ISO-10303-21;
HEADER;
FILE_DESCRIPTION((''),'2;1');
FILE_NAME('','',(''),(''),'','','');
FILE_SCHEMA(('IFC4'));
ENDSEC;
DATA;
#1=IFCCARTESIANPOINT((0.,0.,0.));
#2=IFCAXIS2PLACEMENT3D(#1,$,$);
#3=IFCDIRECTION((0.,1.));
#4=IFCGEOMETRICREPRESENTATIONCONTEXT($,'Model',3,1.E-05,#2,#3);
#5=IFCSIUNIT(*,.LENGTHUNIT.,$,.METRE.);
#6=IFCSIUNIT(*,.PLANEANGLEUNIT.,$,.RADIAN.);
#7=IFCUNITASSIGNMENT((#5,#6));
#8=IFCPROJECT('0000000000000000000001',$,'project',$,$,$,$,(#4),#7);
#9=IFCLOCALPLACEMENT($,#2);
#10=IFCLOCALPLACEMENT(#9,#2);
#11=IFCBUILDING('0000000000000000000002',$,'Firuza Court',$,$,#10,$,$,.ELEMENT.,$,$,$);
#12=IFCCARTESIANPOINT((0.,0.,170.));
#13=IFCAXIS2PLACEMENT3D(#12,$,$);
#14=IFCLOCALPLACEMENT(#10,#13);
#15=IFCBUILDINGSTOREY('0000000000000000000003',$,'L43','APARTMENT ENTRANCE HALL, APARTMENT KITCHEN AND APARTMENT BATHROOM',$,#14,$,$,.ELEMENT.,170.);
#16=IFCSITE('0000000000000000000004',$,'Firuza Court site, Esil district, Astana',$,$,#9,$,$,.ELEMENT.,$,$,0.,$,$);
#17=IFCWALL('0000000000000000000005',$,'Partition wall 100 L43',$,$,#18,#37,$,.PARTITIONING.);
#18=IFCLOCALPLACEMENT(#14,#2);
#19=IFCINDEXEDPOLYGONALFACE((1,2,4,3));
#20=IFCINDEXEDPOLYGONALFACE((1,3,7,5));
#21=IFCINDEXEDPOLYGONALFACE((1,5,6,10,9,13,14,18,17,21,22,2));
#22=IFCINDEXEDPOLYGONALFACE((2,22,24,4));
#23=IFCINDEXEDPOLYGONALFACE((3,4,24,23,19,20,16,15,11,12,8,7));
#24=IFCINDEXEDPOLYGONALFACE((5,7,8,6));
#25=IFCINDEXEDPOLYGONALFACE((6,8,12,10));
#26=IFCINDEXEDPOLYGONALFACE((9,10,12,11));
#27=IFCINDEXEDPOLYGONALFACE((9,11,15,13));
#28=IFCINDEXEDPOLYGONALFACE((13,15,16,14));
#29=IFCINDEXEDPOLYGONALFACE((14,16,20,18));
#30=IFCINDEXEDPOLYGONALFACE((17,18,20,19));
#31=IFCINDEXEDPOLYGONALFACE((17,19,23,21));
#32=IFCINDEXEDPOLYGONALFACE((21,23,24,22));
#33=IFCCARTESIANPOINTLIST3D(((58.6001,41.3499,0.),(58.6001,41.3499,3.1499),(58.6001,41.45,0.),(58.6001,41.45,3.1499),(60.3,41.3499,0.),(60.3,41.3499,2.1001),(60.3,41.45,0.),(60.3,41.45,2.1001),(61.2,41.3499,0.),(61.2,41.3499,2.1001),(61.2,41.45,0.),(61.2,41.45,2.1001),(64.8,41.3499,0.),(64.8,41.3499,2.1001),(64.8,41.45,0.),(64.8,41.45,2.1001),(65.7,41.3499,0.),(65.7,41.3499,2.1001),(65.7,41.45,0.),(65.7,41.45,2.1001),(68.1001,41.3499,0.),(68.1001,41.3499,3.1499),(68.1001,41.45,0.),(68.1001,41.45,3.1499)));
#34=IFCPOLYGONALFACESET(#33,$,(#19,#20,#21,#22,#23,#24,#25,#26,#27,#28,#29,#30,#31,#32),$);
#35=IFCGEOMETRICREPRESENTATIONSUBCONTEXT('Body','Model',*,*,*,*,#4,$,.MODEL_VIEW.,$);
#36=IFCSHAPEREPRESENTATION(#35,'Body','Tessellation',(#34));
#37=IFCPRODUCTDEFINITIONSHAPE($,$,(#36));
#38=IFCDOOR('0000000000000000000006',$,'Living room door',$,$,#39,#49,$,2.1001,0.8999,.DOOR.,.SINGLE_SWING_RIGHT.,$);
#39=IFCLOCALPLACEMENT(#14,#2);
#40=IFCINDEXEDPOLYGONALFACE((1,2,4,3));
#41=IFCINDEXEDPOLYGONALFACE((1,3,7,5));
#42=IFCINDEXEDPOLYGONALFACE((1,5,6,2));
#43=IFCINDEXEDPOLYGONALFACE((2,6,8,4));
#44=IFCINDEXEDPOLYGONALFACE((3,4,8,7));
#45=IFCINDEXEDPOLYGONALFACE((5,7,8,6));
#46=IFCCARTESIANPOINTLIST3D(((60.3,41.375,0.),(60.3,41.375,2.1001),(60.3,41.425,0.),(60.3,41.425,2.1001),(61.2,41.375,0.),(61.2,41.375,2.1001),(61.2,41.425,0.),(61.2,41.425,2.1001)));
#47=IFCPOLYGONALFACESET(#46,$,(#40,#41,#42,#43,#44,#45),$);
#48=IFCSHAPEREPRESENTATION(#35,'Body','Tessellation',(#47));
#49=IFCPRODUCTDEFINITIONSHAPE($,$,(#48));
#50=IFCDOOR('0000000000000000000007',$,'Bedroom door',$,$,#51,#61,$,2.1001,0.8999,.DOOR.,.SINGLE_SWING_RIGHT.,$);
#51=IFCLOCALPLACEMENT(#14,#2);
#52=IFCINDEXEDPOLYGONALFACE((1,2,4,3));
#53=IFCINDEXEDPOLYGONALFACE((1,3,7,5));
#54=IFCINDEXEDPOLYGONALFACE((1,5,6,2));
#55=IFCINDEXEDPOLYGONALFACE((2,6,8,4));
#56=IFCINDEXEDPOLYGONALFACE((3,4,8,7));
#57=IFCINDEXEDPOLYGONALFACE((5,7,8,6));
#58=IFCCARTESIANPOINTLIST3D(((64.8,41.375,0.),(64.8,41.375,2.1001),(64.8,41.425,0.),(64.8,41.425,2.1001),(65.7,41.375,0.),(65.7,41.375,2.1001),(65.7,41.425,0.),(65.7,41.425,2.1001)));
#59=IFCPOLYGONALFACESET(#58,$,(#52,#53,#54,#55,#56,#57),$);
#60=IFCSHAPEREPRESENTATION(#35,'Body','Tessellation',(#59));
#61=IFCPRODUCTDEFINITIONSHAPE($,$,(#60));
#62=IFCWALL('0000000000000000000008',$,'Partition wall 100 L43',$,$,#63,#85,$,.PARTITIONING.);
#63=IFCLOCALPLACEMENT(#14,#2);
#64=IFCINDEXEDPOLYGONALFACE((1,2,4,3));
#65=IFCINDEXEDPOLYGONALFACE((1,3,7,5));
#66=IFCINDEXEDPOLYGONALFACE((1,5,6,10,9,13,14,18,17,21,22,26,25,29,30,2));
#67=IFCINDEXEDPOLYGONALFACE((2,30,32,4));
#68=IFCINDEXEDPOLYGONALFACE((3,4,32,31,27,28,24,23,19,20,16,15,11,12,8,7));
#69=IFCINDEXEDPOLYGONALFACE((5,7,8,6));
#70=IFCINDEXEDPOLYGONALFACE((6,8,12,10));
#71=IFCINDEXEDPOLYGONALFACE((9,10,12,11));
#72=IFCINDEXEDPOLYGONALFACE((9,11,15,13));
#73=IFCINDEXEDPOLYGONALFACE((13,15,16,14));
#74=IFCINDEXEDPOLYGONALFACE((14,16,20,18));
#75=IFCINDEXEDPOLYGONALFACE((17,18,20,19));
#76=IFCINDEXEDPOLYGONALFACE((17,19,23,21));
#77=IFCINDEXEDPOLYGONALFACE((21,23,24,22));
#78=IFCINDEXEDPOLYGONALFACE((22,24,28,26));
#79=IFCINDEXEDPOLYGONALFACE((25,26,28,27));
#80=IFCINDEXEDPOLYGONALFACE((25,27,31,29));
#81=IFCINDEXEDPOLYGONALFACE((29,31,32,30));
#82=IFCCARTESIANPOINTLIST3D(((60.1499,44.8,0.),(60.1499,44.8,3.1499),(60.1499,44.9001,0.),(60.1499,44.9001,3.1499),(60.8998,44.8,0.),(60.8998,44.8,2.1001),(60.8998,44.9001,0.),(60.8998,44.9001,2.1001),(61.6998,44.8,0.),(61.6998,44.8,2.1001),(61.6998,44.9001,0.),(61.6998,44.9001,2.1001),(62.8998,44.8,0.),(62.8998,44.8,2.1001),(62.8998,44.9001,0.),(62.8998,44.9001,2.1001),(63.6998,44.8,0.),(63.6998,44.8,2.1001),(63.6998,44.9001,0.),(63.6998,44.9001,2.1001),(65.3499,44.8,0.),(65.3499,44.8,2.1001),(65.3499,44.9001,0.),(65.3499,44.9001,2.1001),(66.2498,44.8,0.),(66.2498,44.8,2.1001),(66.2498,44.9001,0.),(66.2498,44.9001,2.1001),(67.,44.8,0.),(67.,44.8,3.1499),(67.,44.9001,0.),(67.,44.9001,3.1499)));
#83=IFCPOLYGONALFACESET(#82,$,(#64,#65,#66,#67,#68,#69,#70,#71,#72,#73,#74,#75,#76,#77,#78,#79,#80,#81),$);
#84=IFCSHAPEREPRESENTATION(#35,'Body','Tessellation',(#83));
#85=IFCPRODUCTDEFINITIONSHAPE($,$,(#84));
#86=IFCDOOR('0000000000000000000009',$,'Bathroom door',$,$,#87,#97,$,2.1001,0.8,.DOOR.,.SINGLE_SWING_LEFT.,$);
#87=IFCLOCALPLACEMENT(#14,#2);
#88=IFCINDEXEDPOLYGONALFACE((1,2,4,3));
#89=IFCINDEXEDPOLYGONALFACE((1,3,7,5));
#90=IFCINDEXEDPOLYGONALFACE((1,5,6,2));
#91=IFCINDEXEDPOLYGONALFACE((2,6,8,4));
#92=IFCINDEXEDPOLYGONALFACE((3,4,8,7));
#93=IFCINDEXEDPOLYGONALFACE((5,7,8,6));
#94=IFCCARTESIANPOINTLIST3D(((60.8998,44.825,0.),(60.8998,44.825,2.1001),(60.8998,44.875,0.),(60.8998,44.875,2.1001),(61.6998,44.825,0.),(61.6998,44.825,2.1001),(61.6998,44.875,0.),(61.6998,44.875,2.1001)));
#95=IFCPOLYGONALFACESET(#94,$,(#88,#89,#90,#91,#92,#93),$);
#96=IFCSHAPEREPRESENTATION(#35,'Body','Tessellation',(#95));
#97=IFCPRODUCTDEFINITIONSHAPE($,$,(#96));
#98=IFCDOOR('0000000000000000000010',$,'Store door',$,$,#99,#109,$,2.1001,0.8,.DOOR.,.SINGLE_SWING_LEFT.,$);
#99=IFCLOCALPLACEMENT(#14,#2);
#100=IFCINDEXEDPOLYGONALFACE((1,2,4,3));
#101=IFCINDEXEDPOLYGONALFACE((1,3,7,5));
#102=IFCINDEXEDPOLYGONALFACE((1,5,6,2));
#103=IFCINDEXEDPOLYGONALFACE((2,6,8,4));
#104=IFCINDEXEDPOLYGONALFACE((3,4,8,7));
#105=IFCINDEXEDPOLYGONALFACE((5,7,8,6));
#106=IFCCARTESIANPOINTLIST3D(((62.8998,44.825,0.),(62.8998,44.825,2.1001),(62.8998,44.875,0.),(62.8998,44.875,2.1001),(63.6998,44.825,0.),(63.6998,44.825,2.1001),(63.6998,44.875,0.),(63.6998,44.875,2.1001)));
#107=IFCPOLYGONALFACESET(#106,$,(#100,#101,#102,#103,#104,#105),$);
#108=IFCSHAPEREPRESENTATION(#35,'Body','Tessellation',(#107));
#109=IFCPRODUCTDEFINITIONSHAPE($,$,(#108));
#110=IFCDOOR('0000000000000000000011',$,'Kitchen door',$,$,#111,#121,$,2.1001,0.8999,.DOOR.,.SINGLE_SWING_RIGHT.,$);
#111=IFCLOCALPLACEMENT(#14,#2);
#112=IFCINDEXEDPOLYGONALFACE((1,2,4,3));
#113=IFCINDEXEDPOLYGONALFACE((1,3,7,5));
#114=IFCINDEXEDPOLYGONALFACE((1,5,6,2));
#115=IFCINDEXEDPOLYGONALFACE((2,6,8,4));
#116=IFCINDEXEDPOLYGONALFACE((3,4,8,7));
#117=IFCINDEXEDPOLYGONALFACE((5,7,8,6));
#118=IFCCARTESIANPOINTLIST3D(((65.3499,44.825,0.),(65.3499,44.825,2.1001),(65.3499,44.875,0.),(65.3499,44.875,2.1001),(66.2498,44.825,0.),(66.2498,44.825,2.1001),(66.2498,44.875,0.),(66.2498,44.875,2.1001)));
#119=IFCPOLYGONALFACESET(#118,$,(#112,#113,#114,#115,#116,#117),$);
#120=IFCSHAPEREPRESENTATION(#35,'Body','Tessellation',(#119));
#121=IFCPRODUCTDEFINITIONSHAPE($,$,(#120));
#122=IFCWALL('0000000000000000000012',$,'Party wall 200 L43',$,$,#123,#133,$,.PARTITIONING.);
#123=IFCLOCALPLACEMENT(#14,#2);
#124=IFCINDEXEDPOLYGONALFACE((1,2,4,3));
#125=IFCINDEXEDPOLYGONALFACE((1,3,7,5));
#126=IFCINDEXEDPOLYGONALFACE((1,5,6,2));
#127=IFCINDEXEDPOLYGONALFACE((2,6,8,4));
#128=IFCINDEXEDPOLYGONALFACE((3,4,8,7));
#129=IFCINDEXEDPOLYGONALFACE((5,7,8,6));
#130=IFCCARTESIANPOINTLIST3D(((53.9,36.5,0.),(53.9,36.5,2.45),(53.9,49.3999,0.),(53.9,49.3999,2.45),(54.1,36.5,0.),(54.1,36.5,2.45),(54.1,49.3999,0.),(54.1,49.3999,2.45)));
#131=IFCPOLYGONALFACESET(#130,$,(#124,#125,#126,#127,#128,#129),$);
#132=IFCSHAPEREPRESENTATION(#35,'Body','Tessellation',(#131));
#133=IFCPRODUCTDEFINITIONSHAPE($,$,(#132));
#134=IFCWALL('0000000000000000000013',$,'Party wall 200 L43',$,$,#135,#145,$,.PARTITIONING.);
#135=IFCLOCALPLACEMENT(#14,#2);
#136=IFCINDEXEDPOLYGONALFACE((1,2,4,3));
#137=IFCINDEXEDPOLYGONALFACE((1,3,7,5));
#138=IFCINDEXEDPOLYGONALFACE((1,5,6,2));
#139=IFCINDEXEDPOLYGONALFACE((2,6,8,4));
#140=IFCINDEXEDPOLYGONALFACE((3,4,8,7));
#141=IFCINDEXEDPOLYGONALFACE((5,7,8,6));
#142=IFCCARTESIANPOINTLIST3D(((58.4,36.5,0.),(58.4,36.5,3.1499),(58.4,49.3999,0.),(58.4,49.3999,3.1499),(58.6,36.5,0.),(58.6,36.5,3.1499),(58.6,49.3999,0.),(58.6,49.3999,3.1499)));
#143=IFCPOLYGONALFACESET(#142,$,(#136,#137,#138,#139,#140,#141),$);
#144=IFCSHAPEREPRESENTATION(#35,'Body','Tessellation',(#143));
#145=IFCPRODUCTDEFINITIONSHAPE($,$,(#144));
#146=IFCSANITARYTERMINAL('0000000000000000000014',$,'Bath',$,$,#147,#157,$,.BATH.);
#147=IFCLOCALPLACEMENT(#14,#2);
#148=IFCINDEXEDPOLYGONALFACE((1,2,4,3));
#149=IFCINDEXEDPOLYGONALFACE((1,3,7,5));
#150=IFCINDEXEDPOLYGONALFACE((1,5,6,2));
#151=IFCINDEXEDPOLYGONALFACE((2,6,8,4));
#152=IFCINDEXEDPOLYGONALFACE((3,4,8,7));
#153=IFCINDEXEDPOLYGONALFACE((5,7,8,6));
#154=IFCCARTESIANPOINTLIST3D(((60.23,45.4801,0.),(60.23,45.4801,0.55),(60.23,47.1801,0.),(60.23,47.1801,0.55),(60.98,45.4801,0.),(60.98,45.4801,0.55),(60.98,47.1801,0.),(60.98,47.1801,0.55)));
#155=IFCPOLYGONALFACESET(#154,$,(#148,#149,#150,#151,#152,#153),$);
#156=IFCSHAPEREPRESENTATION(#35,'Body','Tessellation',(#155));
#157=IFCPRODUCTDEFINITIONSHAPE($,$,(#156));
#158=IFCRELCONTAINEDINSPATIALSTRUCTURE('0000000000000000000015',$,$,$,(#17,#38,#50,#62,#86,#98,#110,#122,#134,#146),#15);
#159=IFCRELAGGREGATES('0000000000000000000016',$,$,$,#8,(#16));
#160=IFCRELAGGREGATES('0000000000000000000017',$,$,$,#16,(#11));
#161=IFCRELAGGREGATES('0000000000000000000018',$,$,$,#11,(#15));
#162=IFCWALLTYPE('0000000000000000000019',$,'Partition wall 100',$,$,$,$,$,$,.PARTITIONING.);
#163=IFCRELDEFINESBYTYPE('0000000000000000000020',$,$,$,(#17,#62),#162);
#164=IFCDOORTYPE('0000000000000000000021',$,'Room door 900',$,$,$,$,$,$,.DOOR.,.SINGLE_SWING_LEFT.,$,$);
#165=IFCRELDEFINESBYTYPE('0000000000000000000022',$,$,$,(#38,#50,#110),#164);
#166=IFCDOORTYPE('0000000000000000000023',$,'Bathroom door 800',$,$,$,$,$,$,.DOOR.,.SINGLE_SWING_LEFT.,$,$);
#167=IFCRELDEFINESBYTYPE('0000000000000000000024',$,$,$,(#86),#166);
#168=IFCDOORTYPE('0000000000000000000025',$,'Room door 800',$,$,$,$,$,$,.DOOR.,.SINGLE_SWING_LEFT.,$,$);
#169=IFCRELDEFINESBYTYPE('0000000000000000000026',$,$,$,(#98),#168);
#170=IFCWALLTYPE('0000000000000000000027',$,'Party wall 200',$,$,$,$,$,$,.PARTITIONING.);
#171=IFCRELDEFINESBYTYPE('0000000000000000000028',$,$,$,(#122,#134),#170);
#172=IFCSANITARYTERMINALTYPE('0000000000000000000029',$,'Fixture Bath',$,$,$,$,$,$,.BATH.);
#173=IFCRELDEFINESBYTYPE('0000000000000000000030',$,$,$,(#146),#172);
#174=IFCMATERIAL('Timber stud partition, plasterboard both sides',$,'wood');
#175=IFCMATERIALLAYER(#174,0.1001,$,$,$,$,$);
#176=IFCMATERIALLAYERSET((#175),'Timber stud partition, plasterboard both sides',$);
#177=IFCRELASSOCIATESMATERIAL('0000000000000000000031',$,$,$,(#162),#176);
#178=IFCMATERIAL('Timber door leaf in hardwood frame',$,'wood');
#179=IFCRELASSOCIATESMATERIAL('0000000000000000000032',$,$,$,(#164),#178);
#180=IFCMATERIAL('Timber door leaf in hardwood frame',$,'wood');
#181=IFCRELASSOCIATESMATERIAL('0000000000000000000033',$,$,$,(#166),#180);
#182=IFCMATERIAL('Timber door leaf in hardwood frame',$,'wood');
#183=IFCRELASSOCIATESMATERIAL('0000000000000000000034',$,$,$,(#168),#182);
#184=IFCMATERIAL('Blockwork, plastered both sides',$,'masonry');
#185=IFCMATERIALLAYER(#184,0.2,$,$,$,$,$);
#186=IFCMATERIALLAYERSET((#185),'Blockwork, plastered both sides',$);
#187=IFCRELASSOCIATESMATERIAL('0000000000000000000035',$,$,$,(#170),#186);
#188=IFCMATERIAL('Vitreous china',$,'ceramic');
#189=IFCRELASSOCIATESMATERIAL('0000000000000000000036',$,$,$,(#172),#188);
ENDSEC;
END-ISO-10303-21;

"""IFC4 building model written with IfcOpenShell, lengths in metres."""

from ifc_helpers import new_model, si_unit, direction, frame, frame_2d, origin, origin_2d, place, context, subcontext, project, spatial, rectangle, extrude, material, layer, layer_set, type_object, element, fill, save


model = new_model("IFC4")

# Units and contexts
model_context = context("Model", 3, precision=1e-05, world=origin(), true_north=direction((0.0, 1.0)))
body_context = subcontext(model_context, "Body", "Model", "MODEL_VIEW")
ifc_project = project(units=[si_unit("LENGTHUNIT", "METRE"), si_unit("PLANEANGLEUNIT", "RADIAN")], contexts=[model_context])

# Site, building, storey
site_placement = place(None, origin())
site = spatial("IfcSite", under=ifc_project, at=site_placement, Name="Firuza Court site, Esil district, Astana", CompositionType="ELEMENT", RefElevation=0.0)
building_placement = place(site_placement, origin())
building = spatial("IfcBuilding", under=site, at=building_placement, Name="Firuza Court", CompositionType="ELEMENT")
storey_placement = place(building_placement, frame((0.0, 0.0, 170.0)))
storey = spatial("IfcBuildingStorey", under=building, at=storey_placement, Name="L43", Description="APARTMENT ENTRANCE HALL, APARTMENT KITCHEN AND APARTMENT BATHROOM", CompositionType="ELEMENT", Elevation=170.0)

# Shared definitions
ifc_material_1 = material(Name="Blockwork, plastered both sides", Category="masonry")
ifc_material_2 = material(Name="Timber stud partition, plasterboard both sides", Category="wood")
ifc_layer_1 = layer(ifc_material_2, 0.1001)
ifc_layer_set_1 = layer_set([ifc_layer_1], Name="Timber stud partition, plasterboard both sides")
wall_type_1 = type_object("IfcWallType", Name="Partition wall 100", PredefinedType="PARTITIONING", material=ifc_layer_set_1)
ifc_material_3 = material(Name="Timber door leaf in hardwood frame", Category="wood")
door_type_1 = type_object("IfcDoorType", Name="Room door 900", OperationType="SINGLE_SWING_LEFT", PredefinedType="DOOR", material=ifc_material_3)

# Walls, openings, doors
wall_1_placement = place(storey_placement, frame((58.6001, 41.3999, 0.0), z_axis=(0.0, 0.0, 1.0), x_axis=(1.0, 0.0, 0.0)))
wall_1 = element("IfcWall", 1, at=wall_1_placement, inside=storey, type_object=wall_type_1, Name="Partition wall 100 L43", PredefinedType="PARTITIONING", context=body_context, shape_type="SweptSolid", body=[
    extrude(rectangle(XDim=9.5, YDim=0.1001, at=frame_2d((4.75, 0.0))), origin(), (0.0, 0.0, 1.0), 3.1499),
])
opening_1_placement = place(wall_1_placement, frame((1.7, 0.0, 0.0)))
opening_1 = element("IfcOpeningElement", 2, at=opening_1_placement, cuts=wall_1, PredefinedType="OPENING", context=body_context, shape_type="SweptSolid", body=[
    extrude(rectangle(XDim=0.8999, YDim=2.1001, at=frame_2d((0.45, 1.05))), frame((0.0, 0.062, 0.0), z_axis=(0.0, -1.0, 0.0), x_axis=(1.0, 0.0, 0.0)), (0.0, 0.0, 1.0), 0.124),
])
opening_2_placement = place(wall_1_placement, frame((6.2, 0.0, 0.0)))
opening_2 = element("IfcOpeningElement", 3, at=opening_2_placement, cuts=wall_1, PredefinedType="OPENING", context=body_context, shape_type="SweptSolid", body=[
    extrude(rectangle(XDim=0.8999, YDim=2.1001, at=frame_2d((0.45, 1.05))), frame((0.0, 0.062, 0.0), z_axis=(0.0, -1.0, 0.0), x_axis=(1.0, 0.0, 0.0)), (0.0, 0.0, 1.0), 0.124),
])
door_1_placement = place(opening_1_placement, frame((0.8999, 0.0, 0.0), z_axis=(0.0, 0.0, 1.0), x_axis=(-1.0, 0.0, 0.0)))
door_1 = element("IfcDoor", 4, at=door_1_placement, inside=storey, type_object=door_type_1, Name="Living room door", OperationType="SINGLE_SWING_RIGHT", OverallHeight=2.1001, OverallWidth=0.8999, PredefinedType="DOOR", context=body_context, shape_type="SweptSolid", body=[
    extrude(rectangle(XDim=0.8999, YDim=2.1001, at=frame_2d((0.45, 1.05))), frame((0.0, 0.0249, 0.0), z_axis=(0.0, -1.0, 0.0), x_axis=(1.0, 0.0, 0.0)), (0.0, 0.0, 1.0), 0.05),
])
fill(opening_1, door_1)
door_2_placement = place(opening_2_placement, frame((0.8999, 0.0, 0.0), z_axis=(0.0, 0.0, 1.0), x_axis=(-1.0, 0.0, 0.0)))
door_2 = element("IfcDoor", 5, at=door_2_placement, inside=storey, type_object=door_type_1, Name="Bedroom door", OperationType="SINGLE_SWING_RIGHT", OverallHeight=2.1001, OverallWidth=0.8999, PredefinedType="DOOR", context=body_context, shape_type="SweptSolid", body=[
    extrude(rectangle(XDim=0.8999, YDim=2.1001, at=frame_2d((0.45, 1.05))), frame((0.0, 0.0249, 0.0), z_axis=(0.0, -1.0, 0.0), x_axis=(1.0, 0.0, 0.0)), (0.0, 0.0, 1.0), 0.05),
])
fill(opening_2, door_2)
wall_2_placement = place(storey_placement, frame((60.1499, 44.8501, 0.0), z_axis=(0.0, 0.0, 1.0), x_axis=(1.0, 0.0, 0.0)))
wall_2 = element("IfcWall", 6, at=wall_2_placement, inside=storey, type_object=wall_type_1, Name="Partition wall 100 L43", PredefinedType="PARTITIONING", context=body_context, shape_type="SweptSolid", body=[
    extrude(rectangle(XDim=6.8501, YDim=0.1001, at=frame_2d((3.425, 0.0))), origin(), (0.0, 0.0, 1.0), 3.1499),
])
opening_3_placement = place(wall_2_placement, frame((0.75, 0.0, 0.0)))
opening_3 = element("IfcOpeningElement", 7, at=opening_3_placement, cuts=wall_2, PredefinedType="OPENING", context=body_context, shape_type="SweptSolid", body=[
    extrude(rectangle(XDim=0.8, YDim=2.1001, at=frame_2d((0.3999, 1.05))), frame((0.0, 0.062, 0.0), z_axis=(0.0, -1.0, 0.0), x_axis=(1.0, 0.0, 0.0)), (0.0, 0.0, 1.0), 0.124),
])
opening_4_placement = place(wall_2_placement, frame((5.2, 0.0, 0.0)))
opening_4 = element("IfcOpeningElement", 8, at=opening_4_placement, cuts=wall_2, PredefinedType="OPENING", context=body_context, shape_type="SweptSolid", body=[
    extrude(rectangle(XDim=0.8999, YDim=2.1001, at=frame_2d((0.45, 1.05))), frame((0.0, 0.062, 0.0), z_axis=(0.0, -1.0, 0.0), x_axis=(1.0, 0.0, 0.0)), (0.0, 0.0, 1.0), 0.124),
])
opening_5_placement = place(wall_2_placement, frame((2.75, 0.0, 0.0)))
opening_5 = element("IfcOpeningElement", 9, at=opening_5_placement, cuts=wall_2, PredefinedType="OPENING", context=body_context, shape_type="SweptSolid", body=[
    extrude(rectangle(XDim=0.8, YDim=2.1001, at=frame_2d((0.3999, 1.05))), frame((0.0, 0.062, 0.0), z_axis=(0.0, -1.0, 0.0), x_axis=(1.0, 0.0, 0.0)), (0.0, 0.0, 1.0), 0.124),
])
ifc_material_4 = material(Name="Timber door leaf in hardwood frame", Category="wood")
door_type_2 = type_object("IfcDoorType", Name="Bathroom door 800", OperationType="SINGLE_SWING_LEFT", PredefinedType="DOOR", material=ifc_material_4)
door_3_placement = place(opening_3_placement, origin())
door_3 = element("IfcDoor", 10, at=door_3_placement, inside=storey, type_object=door_type_2, Name="Bathroom door", OperationType="SINGLE_SWING_LEFT", OverallHeight=2.1001, OverallWidth=0.8, PredefinedType="DOOR", context=body_context, shape_type="SweptSolid", body=[
    extrude(rectangle(XDim=0.8, YDim=2.1001, at=frame_2d((0.3999, 1.05))), frame((0.0, 0.0249, 0.0), z_axis=(0.0, -1.0, 0.0), x_axis=(1.0, 0.0, 0.0)), (0.0, 0.0, 1.0), 0.05),
])
fill(opening_3, door_3)
ifc_material_5 = material(Name="Timber door leaf in hardwood frame", Category="wood")
door_type_3 = type_object("IfcDoorType", Name="Room door 800", OperationType="SINGLE_SWING_LEFT", PredefinedType="DOOR", material=ifc_material_5)
door_4_placement = place(opening_5_placement, origin())
door_4 = element("IfcDoor", 11, at=door_4_placement, inside=storey, type_object=door_type_3, Name="Store door", OperationType="SINGLE_SWING_LEFT", OverallHeight=2.1001, OverallWidth=0.8, PredefinedType="DOOR", context=body_context, shape_type="SweptSolid", body=[
    extrude(rectangle(XDim=0.8, YDim=2.1001, at=frame_2d((0.3999, 1.05))), frame((0.0, 0.0249, 0.0), z_axis=(0.0, -1.0, 0.0), x_axis=(1.0, 0.0, 0.0)), (0.0, 0.0, 1.0), 0.05),
])
fill(opening_5, door_4)
door_5_placement = place(opening_4_placement, origin())
door_5 = element("IfcDoor", 12, at=door_5_placement, inside=storey, type_object=door_type_1, Name="Kitchen door", OperationType="SINGLE_SWING_RIGHT", OverallHeight=2.1001, OverallWidth=0.8999, PredefinedType="DOOR", context=body_context, shape_type="SweptSolid", body=[
    extrude(rectangle(XDim=0.8999, YDim=2.1001, at=frame_2d((0.45, 1.05))), frame((0.0, 0.0249, 0.0), z_axis=(0.0, -1.0, 0.0), x_axis=(1.0, 0.0, 0.0)), (0.0, 0.0, 1.0), 0.05),
])
fill(opening_4, door_5)

# Walls
ifc_layer_2 = layer(ifc_material_1, 0.2)
ifc_layer_set_2 = layer_set([ifc_layer_2], Name="Blockwork, plastered both sides")
wall_type_2 = type_object("IfcWallType", Name="Party wall 200", PredefinedType="PARTITIONING", material=ifc_layer_set_2)
wall_3_placement = place(storey_placement, frame((54.0, 36.5, 0.0), z_axis=(0.0, 0.0, 1.0), x_axis=(0.0, 1.0, 0.0)))
element("IfcWall", 13, at=wall_3_placement, inside=storey, type_object=wall_type_2, Name="Party wall 200 L43", PredefinedType="PARTITIONING", context=body_context, shape_type="SweptSolid", body=[
    extrude(rectangle(XDim=12.8999, YDim=0.2, at=frame_2d((6.45, 0.0))), origin(), (0.0, 0.0, 1.0), 2.45),
])
wall_4_placement = place(storey_placement, frame((58.5, 36.5, 0.0), z_axis=(0.0, 0.0, 1.0), x_axis=(0.0, 1.0, 0.0)))
element("IfcWall", 14, at=wall_4_placement, inside=storey, type_object=wall_type_2, Name="Party wall 200 L43", PredefinedType="PARTITIONING", context=body_context, shape_type="SweptSolid", body=[
    extrude(rectangle(XDim=12.8999, YDim=0.2, at=frame_2d((6.45, 0.0))), origin(), (0.0, 0.0, 1.0), 3.1499),
])

# Sanitary terminal
ifc_material_6 = material(Name="Vitreous china", Category="ceramic")
sanitary_terminal_type = type_object("IfcSanitaryTerminalType", Name="Fixture Bath", PredefinedType="BATH", material=ifc_material_6)
sanitary_terminal_placement = place(storey_placement, frame((60.605, 46.3301, 0.0), z_axis=(0.0, 0.0, 1.0), x_axis=(1.0, 0.0, 0.0)))
element("IfcSanitaryTerminal", 15, at=sanitary_terminal_placement, inside=storey, type_object=sanitary_terminal_type, Name="Bath", PredefinedType="BATH", context=body_context, shape_type="SweptSolid", body=[
    extrude(rectangle(XDim=0.75, YDim=1.7, at=origin_2d()), origin(), (0.0, 0.0, 1.0), 0.55),
])

save(model, "model.ifc")
